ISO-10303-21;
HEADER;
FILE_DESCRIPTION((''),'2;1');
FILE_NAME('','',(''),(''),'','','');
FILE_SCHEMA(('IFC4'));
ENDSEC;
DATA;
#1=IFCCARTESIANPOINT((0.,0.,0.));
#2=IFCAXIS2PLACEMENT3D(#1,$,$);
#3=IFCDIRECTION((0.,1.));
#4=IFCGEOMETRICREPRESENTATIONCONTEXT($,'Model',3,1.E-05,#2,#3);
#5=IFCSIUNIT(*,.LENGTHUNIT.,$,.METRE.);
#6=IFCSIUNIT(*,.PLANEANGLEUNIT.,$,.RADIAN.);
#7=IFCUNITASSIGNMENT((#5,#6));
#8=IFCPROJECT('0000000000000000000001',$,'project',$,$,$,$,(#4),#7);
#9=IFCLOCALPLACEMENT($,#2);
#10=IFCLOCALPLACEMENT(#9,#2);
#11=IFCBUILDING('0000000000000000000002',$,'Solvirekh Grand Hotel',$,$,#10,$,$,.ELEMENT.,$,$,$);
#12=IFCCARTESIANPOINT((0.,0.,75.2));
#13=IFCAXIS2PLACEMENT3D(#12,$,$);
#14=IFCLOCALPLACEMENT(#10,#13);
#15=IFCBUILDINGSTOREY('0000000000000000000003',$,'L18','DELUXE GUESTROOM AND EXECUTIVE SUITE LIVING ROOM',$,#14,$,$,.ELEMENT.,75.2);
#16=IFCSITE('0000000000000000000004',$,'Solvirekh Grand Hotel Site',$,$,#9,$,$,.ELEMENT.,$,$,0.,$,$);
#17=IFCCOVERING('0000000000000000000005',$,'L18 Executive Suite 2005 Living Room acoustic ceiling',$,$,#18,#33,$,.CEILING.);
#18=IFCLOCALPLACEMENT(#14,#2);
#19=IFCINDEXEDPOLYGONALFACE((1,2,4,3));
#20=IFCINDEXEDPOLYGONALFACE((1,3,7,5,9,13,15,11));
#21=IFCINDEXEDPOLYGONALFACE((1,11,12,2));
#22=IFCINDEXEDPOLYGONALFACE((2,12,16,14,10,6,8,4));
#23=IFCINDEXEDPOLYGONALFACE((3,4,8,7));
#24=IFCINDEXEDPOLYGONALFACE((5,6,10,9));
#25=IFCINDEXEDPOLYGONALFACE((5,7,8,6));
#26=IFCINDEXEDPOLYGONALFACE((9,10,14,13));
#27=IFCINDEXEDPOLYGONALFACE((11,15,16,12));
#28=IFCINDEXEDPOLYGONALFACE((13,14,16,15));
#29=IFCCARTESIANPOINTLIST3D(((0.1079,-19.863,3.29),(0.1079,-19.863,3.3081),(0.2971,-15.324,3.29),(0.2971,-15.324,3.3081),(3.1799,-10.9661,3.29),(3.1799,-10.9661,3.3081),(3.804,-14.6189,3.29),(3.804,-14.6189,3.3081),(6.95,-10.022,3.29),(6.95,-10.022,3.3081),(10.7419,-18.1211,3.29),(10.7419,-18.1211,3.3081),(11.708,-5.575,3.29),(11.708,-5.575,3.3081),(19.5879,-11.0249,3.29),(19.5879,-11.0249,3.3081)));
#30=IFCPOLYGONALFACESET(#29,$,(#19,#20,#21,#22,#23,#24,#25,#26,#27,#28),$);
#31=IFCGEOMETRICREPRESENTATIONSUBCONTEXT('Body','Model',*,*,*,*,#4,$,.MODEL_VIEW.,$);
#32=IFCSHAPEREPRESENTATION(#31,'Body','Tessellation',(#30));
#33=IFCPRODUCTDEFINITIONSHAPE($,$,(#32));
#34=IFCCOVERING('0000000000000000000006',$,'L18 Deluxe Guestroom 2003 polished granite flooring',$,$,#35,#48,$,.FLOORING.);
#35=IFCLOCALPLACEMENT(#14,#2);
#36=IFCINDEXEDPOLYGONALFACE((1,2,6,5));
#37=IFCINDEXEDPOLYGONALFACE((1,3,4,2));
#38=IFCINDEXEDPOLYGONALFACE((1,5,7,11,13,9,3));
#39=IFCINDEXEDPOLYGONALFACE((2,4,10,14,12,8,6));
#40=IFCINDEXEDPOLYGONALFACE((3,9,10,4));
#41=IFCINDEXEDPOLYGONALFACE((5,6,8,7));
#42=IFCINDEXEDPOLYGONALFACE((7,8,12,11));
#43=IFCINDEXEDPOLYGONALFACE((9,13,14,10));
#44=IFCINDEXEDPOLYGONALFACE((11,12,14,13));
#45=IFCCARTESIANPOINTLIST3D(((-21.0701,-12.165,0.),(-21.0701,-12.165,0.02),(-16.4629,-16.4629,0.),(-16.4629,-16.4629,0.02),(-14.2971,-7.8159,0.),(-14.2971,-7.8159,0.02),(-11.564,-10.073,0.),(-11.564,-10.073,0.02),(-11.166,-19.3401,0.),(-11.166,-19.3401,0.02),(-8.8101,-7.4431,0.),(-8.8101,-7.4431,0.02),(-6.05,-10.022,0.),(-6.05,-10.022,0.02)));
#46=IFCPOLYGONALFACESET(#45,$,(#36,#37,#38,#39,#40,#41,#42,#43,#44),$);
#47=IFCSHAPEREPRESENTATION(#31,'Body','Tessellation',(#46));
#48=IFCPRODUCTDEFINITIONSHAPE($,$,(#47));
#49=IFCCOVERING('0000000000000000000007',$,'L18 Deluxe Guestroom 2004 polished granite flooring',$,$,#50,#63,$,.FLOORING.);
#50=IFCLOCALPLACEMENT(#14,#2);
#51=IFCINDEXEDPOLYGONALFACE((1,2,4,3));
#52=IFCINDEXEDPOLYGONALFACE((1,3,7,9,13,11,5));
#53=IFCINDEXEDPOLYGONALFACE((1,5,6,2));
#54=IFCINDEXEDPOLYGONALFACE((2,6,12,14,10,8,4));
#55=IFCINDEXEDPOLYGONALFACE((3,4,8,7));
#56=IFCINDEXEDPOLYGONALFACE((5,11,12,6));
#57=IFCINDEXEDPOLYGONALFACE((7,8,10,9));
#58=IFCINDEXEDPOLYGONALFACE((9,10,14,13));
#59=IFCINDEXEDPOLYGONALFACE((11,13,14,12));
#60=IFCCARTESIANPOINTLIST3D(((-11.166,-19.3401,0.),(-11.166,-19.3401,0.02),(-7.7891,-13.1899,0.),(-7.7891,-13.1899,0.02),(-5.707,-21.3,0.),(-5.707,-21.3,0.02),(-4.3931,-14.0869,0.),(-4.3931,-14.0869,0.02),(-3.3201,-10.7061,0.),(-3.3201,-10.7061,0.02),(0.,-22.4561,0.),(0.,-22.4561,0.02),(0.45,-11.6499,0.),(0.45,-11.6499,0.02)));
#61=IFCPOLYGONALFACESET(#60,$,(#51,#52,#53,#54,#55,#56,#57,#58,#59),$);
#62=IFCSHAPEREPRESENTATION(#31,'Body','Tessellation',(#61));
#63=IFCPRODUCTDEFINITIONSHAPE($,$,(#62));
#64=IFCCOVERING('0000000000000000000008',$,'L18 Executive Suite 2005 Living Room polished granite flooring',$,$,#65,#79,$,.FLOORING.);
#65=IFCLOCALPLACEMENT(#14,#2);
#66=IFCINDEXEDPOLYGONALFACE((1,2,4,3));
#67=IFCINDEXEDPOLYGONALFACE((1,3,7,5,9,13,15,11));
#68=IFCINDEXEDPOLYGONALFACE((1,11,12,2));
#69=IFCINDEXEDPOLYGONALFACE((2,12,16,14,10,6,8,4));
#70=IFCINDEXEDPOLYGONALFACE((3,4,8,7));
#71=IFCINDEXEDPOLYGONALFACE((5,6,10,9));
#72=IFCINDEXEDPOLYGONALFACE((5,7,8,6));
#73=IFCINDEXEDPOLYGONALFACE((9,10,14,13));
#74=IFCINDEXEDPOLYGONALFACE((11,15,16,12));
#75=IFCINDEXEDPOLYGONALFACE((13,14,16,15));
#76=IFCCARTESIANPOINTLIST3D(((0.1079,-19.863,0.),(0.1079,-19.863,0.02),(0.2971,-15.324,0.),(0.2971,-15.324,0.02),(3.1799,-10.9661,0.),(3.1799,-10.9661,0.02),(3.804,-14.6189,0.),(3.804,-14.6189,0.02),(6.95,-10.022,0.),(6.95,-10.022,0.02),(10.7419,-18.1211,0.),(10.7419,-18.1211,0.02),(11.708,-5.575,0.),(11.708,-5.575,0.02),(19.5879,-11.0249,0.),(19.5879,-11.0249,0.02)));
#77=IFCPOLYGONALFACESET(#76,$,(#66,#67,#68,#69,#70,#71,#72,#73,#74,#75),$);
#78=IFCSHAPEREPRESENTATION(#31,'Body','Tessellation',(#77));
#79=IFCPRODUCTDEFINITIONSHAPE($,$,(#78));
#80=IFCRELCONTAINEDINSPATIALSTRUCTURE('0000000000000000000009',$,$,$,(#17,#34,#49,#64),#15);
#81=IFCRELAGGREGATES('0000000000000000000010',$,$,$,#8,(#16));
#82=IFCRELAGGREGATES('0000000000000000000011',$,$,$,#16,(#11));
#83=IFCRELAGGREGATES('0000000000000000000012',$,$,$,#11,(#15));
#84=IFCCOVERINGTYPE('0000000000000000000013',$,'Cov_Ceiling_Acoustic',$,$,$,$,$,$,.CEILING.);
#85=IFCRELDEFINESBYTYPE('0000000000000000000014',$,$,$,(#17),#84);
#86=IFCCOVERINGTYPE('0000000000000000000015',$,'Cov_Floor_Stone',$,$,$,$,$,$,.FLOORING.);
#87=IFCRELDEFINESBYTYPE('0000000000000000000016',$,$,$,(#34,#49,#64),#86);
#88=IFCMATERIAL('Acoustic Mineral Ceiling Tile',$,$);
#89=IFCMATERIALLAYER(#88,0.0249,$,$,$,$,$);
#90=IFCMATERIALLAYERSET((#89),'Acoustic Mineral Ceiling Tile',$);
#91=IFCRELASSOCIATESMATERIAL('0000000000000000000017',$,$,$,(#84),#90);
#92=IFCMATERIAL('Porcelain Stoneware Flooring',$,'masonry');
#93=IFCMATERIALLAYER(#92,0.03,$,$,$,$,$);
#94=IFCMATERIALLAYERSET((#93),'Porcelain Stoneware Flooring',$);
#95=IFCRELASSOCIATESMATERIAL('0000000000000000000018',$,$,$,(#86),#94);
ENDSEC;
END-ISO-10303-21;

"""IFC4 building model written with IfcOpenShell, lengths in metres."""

from ifc_helpers import new_model, si_unit, direction, frame, origin, place, context, subcontext, project, spatial, polyline, outline, extrude, material, layer, layer_set, type_object, element, save


model = new_model("IFC4")

# Units and contexts
model_context = context("Model", 3, precision=1e-05, world=origin(), true_north=direction((0.0, 1.0)))
body_context = subcontext(model_context, "Body", "Model", "MODEL_VIEW")
ifc_project = project(units=[si_unit("LENGTHUNIT", "METRE"), si_unit("PLANEANGLEUNIT", "RADIAN")], contexts=[model_context])

# Site, building, storey
site_placement = place(None, origin())
site = spatial("IfcSite", under=ifc_project, at=site_placement, Name="Solvirekh Grand Hotel Site", CompositionType="ELEMENT", RefElevation=0.0)
building_placement = place(site_placement, origin())
building = spatial("IfcBuilding", under=site, at=building_placement, Name="Solvirekh Grand Hotel", CompositionType="ELEMENT")
storey_placement = place(building_placement, frame((0.0, 0.0, 75.2)))
storey = spatial("IfcBuildingStorey", under=building, at=storey_placement, Name="L18", Description="DELUXE GUESTROOM AND EXECUTIVE SUITE LIVING ROOM", CompositionType="ELEMENT", Elevation=75.2)

# Coverings
ifc_material_1 = material(Name="Acoustic Mineral Ceiling Tile")
ifc_layer_1 = layer(ifc_material_1, 0.0249)
ifc_layer_set_1 = layer_set([ifc_layer_1], Name="Acoustic Mineral Ceiling Tile")
covering_type_1 = type_object("IfcCoveringType", Name="Cov_Ceiling_Acoustic", PredefinedType="CEILING", material=ifc_layer_set_1)
covering_1_placement = place(storey_placement, frame((0.0, 0.0, 3.29)))
element("IfcCovering", 1, at=covering_1_placement, inside=storey, type_object=covering_type_1, Name="L18 Executive Suite 2005 Living Room acoustic ceiling", PredefinedType="CEILING", context=body_context, shape_type="SweptSolid", body=[
    extrude(outline(polyline([(3.804, -14.6189), (0.2971, -15.324), (0.1079, -19.863), (10.7419, -18.1211), (19.5879, -11.0249), (11.708, -5.575), (6.95, -10.022), (3.1799, -10.9661), (3.804, -14.6189)])), origin(), (0.0, 0.0, 1.0), 0.0181),
])
ifc_material_2 = material(Name="Porcelain Stoneware Flooring", Category="masonry")
ifc_layer_2 = layer(ifc_material_2, 0.03)
ifc_layer_set_2 = layer_set([ifc_layer_2], Name="Porcelain Stoneware Flooring")
covering_type_2 = type_object("IfcCoveringType", Name="Cov_Floor_Stone", PredefinedType="FLOORING", material=ifc_layer_set_2)
covering_2_placement = place(storey_placement, origin())
element("IfcCovering", 2, at=covering_2_placement, inside=storey, type_object=covering_type_2, Name="L18 Deluxe Guestroom 2003 polished granite flooring", PredefinedType="FLOORING", context=body_context, shape_type="SweptSolid", body=[
    extrude(outline(polyline([(-11.564, -10.073), (-14.2971, -7.8159), (-21.0701, -12.165), (-16.4629, -16.4629), (-11.166, -19.3401), (-6.05, -10.022), (-8.8101, -7.4431), (-11.564, -10.073)])), origin(), (0.0, 0.0, 1.0), 0.02),
])
covering_3_placement = place(storey_placement, origin())
element("IfcCovering", 3, at=covering_3_placement, inside=storey, type_object=covering_type_2, Name="L18 Deluxe Guestroom 2004 polished granite flooring", PredefinedType="FLOORING", context=body_context, shape_type="SweptSolid", body=[
    extrude(outline(polyline([(-4.3931, -14.0869), (-7.7891, -13.1899), (-11.166, -19.3401), (-5.707, -21.3), (0.0, -22.4561), (0.45, -11.6499), (-3.3201, -10.7061), (-4.3931, -14.0869)])), origin(), (0.0, 0.0, 1.0), 0.02),
])
covering_4_placement = place(storey_placement, origin())
element("IfcCovering", 4, at=covering_4_placement, inside=storey, type_object=covering_type_2, Name="L18 Executive Suite 2005 Living Room polished granite flooring", PredefinedType="FLOORING", context=body_context, shape_type="SweptSolid", body=[
    extrude(outline(polyline([(3.804, -14.6189), (0.2971, -15.324), (0.1079, -19.863), (10.7419, -18.1211), (19.5879, -11.0249), (11.708, -5.575), (6.95, -10.022), (3.1799, -10.9661), (3.804, -14.6189)])), origin(), (0.0, 0.0, 1.0), 0.02),
])

save(model, "model.ifc")
